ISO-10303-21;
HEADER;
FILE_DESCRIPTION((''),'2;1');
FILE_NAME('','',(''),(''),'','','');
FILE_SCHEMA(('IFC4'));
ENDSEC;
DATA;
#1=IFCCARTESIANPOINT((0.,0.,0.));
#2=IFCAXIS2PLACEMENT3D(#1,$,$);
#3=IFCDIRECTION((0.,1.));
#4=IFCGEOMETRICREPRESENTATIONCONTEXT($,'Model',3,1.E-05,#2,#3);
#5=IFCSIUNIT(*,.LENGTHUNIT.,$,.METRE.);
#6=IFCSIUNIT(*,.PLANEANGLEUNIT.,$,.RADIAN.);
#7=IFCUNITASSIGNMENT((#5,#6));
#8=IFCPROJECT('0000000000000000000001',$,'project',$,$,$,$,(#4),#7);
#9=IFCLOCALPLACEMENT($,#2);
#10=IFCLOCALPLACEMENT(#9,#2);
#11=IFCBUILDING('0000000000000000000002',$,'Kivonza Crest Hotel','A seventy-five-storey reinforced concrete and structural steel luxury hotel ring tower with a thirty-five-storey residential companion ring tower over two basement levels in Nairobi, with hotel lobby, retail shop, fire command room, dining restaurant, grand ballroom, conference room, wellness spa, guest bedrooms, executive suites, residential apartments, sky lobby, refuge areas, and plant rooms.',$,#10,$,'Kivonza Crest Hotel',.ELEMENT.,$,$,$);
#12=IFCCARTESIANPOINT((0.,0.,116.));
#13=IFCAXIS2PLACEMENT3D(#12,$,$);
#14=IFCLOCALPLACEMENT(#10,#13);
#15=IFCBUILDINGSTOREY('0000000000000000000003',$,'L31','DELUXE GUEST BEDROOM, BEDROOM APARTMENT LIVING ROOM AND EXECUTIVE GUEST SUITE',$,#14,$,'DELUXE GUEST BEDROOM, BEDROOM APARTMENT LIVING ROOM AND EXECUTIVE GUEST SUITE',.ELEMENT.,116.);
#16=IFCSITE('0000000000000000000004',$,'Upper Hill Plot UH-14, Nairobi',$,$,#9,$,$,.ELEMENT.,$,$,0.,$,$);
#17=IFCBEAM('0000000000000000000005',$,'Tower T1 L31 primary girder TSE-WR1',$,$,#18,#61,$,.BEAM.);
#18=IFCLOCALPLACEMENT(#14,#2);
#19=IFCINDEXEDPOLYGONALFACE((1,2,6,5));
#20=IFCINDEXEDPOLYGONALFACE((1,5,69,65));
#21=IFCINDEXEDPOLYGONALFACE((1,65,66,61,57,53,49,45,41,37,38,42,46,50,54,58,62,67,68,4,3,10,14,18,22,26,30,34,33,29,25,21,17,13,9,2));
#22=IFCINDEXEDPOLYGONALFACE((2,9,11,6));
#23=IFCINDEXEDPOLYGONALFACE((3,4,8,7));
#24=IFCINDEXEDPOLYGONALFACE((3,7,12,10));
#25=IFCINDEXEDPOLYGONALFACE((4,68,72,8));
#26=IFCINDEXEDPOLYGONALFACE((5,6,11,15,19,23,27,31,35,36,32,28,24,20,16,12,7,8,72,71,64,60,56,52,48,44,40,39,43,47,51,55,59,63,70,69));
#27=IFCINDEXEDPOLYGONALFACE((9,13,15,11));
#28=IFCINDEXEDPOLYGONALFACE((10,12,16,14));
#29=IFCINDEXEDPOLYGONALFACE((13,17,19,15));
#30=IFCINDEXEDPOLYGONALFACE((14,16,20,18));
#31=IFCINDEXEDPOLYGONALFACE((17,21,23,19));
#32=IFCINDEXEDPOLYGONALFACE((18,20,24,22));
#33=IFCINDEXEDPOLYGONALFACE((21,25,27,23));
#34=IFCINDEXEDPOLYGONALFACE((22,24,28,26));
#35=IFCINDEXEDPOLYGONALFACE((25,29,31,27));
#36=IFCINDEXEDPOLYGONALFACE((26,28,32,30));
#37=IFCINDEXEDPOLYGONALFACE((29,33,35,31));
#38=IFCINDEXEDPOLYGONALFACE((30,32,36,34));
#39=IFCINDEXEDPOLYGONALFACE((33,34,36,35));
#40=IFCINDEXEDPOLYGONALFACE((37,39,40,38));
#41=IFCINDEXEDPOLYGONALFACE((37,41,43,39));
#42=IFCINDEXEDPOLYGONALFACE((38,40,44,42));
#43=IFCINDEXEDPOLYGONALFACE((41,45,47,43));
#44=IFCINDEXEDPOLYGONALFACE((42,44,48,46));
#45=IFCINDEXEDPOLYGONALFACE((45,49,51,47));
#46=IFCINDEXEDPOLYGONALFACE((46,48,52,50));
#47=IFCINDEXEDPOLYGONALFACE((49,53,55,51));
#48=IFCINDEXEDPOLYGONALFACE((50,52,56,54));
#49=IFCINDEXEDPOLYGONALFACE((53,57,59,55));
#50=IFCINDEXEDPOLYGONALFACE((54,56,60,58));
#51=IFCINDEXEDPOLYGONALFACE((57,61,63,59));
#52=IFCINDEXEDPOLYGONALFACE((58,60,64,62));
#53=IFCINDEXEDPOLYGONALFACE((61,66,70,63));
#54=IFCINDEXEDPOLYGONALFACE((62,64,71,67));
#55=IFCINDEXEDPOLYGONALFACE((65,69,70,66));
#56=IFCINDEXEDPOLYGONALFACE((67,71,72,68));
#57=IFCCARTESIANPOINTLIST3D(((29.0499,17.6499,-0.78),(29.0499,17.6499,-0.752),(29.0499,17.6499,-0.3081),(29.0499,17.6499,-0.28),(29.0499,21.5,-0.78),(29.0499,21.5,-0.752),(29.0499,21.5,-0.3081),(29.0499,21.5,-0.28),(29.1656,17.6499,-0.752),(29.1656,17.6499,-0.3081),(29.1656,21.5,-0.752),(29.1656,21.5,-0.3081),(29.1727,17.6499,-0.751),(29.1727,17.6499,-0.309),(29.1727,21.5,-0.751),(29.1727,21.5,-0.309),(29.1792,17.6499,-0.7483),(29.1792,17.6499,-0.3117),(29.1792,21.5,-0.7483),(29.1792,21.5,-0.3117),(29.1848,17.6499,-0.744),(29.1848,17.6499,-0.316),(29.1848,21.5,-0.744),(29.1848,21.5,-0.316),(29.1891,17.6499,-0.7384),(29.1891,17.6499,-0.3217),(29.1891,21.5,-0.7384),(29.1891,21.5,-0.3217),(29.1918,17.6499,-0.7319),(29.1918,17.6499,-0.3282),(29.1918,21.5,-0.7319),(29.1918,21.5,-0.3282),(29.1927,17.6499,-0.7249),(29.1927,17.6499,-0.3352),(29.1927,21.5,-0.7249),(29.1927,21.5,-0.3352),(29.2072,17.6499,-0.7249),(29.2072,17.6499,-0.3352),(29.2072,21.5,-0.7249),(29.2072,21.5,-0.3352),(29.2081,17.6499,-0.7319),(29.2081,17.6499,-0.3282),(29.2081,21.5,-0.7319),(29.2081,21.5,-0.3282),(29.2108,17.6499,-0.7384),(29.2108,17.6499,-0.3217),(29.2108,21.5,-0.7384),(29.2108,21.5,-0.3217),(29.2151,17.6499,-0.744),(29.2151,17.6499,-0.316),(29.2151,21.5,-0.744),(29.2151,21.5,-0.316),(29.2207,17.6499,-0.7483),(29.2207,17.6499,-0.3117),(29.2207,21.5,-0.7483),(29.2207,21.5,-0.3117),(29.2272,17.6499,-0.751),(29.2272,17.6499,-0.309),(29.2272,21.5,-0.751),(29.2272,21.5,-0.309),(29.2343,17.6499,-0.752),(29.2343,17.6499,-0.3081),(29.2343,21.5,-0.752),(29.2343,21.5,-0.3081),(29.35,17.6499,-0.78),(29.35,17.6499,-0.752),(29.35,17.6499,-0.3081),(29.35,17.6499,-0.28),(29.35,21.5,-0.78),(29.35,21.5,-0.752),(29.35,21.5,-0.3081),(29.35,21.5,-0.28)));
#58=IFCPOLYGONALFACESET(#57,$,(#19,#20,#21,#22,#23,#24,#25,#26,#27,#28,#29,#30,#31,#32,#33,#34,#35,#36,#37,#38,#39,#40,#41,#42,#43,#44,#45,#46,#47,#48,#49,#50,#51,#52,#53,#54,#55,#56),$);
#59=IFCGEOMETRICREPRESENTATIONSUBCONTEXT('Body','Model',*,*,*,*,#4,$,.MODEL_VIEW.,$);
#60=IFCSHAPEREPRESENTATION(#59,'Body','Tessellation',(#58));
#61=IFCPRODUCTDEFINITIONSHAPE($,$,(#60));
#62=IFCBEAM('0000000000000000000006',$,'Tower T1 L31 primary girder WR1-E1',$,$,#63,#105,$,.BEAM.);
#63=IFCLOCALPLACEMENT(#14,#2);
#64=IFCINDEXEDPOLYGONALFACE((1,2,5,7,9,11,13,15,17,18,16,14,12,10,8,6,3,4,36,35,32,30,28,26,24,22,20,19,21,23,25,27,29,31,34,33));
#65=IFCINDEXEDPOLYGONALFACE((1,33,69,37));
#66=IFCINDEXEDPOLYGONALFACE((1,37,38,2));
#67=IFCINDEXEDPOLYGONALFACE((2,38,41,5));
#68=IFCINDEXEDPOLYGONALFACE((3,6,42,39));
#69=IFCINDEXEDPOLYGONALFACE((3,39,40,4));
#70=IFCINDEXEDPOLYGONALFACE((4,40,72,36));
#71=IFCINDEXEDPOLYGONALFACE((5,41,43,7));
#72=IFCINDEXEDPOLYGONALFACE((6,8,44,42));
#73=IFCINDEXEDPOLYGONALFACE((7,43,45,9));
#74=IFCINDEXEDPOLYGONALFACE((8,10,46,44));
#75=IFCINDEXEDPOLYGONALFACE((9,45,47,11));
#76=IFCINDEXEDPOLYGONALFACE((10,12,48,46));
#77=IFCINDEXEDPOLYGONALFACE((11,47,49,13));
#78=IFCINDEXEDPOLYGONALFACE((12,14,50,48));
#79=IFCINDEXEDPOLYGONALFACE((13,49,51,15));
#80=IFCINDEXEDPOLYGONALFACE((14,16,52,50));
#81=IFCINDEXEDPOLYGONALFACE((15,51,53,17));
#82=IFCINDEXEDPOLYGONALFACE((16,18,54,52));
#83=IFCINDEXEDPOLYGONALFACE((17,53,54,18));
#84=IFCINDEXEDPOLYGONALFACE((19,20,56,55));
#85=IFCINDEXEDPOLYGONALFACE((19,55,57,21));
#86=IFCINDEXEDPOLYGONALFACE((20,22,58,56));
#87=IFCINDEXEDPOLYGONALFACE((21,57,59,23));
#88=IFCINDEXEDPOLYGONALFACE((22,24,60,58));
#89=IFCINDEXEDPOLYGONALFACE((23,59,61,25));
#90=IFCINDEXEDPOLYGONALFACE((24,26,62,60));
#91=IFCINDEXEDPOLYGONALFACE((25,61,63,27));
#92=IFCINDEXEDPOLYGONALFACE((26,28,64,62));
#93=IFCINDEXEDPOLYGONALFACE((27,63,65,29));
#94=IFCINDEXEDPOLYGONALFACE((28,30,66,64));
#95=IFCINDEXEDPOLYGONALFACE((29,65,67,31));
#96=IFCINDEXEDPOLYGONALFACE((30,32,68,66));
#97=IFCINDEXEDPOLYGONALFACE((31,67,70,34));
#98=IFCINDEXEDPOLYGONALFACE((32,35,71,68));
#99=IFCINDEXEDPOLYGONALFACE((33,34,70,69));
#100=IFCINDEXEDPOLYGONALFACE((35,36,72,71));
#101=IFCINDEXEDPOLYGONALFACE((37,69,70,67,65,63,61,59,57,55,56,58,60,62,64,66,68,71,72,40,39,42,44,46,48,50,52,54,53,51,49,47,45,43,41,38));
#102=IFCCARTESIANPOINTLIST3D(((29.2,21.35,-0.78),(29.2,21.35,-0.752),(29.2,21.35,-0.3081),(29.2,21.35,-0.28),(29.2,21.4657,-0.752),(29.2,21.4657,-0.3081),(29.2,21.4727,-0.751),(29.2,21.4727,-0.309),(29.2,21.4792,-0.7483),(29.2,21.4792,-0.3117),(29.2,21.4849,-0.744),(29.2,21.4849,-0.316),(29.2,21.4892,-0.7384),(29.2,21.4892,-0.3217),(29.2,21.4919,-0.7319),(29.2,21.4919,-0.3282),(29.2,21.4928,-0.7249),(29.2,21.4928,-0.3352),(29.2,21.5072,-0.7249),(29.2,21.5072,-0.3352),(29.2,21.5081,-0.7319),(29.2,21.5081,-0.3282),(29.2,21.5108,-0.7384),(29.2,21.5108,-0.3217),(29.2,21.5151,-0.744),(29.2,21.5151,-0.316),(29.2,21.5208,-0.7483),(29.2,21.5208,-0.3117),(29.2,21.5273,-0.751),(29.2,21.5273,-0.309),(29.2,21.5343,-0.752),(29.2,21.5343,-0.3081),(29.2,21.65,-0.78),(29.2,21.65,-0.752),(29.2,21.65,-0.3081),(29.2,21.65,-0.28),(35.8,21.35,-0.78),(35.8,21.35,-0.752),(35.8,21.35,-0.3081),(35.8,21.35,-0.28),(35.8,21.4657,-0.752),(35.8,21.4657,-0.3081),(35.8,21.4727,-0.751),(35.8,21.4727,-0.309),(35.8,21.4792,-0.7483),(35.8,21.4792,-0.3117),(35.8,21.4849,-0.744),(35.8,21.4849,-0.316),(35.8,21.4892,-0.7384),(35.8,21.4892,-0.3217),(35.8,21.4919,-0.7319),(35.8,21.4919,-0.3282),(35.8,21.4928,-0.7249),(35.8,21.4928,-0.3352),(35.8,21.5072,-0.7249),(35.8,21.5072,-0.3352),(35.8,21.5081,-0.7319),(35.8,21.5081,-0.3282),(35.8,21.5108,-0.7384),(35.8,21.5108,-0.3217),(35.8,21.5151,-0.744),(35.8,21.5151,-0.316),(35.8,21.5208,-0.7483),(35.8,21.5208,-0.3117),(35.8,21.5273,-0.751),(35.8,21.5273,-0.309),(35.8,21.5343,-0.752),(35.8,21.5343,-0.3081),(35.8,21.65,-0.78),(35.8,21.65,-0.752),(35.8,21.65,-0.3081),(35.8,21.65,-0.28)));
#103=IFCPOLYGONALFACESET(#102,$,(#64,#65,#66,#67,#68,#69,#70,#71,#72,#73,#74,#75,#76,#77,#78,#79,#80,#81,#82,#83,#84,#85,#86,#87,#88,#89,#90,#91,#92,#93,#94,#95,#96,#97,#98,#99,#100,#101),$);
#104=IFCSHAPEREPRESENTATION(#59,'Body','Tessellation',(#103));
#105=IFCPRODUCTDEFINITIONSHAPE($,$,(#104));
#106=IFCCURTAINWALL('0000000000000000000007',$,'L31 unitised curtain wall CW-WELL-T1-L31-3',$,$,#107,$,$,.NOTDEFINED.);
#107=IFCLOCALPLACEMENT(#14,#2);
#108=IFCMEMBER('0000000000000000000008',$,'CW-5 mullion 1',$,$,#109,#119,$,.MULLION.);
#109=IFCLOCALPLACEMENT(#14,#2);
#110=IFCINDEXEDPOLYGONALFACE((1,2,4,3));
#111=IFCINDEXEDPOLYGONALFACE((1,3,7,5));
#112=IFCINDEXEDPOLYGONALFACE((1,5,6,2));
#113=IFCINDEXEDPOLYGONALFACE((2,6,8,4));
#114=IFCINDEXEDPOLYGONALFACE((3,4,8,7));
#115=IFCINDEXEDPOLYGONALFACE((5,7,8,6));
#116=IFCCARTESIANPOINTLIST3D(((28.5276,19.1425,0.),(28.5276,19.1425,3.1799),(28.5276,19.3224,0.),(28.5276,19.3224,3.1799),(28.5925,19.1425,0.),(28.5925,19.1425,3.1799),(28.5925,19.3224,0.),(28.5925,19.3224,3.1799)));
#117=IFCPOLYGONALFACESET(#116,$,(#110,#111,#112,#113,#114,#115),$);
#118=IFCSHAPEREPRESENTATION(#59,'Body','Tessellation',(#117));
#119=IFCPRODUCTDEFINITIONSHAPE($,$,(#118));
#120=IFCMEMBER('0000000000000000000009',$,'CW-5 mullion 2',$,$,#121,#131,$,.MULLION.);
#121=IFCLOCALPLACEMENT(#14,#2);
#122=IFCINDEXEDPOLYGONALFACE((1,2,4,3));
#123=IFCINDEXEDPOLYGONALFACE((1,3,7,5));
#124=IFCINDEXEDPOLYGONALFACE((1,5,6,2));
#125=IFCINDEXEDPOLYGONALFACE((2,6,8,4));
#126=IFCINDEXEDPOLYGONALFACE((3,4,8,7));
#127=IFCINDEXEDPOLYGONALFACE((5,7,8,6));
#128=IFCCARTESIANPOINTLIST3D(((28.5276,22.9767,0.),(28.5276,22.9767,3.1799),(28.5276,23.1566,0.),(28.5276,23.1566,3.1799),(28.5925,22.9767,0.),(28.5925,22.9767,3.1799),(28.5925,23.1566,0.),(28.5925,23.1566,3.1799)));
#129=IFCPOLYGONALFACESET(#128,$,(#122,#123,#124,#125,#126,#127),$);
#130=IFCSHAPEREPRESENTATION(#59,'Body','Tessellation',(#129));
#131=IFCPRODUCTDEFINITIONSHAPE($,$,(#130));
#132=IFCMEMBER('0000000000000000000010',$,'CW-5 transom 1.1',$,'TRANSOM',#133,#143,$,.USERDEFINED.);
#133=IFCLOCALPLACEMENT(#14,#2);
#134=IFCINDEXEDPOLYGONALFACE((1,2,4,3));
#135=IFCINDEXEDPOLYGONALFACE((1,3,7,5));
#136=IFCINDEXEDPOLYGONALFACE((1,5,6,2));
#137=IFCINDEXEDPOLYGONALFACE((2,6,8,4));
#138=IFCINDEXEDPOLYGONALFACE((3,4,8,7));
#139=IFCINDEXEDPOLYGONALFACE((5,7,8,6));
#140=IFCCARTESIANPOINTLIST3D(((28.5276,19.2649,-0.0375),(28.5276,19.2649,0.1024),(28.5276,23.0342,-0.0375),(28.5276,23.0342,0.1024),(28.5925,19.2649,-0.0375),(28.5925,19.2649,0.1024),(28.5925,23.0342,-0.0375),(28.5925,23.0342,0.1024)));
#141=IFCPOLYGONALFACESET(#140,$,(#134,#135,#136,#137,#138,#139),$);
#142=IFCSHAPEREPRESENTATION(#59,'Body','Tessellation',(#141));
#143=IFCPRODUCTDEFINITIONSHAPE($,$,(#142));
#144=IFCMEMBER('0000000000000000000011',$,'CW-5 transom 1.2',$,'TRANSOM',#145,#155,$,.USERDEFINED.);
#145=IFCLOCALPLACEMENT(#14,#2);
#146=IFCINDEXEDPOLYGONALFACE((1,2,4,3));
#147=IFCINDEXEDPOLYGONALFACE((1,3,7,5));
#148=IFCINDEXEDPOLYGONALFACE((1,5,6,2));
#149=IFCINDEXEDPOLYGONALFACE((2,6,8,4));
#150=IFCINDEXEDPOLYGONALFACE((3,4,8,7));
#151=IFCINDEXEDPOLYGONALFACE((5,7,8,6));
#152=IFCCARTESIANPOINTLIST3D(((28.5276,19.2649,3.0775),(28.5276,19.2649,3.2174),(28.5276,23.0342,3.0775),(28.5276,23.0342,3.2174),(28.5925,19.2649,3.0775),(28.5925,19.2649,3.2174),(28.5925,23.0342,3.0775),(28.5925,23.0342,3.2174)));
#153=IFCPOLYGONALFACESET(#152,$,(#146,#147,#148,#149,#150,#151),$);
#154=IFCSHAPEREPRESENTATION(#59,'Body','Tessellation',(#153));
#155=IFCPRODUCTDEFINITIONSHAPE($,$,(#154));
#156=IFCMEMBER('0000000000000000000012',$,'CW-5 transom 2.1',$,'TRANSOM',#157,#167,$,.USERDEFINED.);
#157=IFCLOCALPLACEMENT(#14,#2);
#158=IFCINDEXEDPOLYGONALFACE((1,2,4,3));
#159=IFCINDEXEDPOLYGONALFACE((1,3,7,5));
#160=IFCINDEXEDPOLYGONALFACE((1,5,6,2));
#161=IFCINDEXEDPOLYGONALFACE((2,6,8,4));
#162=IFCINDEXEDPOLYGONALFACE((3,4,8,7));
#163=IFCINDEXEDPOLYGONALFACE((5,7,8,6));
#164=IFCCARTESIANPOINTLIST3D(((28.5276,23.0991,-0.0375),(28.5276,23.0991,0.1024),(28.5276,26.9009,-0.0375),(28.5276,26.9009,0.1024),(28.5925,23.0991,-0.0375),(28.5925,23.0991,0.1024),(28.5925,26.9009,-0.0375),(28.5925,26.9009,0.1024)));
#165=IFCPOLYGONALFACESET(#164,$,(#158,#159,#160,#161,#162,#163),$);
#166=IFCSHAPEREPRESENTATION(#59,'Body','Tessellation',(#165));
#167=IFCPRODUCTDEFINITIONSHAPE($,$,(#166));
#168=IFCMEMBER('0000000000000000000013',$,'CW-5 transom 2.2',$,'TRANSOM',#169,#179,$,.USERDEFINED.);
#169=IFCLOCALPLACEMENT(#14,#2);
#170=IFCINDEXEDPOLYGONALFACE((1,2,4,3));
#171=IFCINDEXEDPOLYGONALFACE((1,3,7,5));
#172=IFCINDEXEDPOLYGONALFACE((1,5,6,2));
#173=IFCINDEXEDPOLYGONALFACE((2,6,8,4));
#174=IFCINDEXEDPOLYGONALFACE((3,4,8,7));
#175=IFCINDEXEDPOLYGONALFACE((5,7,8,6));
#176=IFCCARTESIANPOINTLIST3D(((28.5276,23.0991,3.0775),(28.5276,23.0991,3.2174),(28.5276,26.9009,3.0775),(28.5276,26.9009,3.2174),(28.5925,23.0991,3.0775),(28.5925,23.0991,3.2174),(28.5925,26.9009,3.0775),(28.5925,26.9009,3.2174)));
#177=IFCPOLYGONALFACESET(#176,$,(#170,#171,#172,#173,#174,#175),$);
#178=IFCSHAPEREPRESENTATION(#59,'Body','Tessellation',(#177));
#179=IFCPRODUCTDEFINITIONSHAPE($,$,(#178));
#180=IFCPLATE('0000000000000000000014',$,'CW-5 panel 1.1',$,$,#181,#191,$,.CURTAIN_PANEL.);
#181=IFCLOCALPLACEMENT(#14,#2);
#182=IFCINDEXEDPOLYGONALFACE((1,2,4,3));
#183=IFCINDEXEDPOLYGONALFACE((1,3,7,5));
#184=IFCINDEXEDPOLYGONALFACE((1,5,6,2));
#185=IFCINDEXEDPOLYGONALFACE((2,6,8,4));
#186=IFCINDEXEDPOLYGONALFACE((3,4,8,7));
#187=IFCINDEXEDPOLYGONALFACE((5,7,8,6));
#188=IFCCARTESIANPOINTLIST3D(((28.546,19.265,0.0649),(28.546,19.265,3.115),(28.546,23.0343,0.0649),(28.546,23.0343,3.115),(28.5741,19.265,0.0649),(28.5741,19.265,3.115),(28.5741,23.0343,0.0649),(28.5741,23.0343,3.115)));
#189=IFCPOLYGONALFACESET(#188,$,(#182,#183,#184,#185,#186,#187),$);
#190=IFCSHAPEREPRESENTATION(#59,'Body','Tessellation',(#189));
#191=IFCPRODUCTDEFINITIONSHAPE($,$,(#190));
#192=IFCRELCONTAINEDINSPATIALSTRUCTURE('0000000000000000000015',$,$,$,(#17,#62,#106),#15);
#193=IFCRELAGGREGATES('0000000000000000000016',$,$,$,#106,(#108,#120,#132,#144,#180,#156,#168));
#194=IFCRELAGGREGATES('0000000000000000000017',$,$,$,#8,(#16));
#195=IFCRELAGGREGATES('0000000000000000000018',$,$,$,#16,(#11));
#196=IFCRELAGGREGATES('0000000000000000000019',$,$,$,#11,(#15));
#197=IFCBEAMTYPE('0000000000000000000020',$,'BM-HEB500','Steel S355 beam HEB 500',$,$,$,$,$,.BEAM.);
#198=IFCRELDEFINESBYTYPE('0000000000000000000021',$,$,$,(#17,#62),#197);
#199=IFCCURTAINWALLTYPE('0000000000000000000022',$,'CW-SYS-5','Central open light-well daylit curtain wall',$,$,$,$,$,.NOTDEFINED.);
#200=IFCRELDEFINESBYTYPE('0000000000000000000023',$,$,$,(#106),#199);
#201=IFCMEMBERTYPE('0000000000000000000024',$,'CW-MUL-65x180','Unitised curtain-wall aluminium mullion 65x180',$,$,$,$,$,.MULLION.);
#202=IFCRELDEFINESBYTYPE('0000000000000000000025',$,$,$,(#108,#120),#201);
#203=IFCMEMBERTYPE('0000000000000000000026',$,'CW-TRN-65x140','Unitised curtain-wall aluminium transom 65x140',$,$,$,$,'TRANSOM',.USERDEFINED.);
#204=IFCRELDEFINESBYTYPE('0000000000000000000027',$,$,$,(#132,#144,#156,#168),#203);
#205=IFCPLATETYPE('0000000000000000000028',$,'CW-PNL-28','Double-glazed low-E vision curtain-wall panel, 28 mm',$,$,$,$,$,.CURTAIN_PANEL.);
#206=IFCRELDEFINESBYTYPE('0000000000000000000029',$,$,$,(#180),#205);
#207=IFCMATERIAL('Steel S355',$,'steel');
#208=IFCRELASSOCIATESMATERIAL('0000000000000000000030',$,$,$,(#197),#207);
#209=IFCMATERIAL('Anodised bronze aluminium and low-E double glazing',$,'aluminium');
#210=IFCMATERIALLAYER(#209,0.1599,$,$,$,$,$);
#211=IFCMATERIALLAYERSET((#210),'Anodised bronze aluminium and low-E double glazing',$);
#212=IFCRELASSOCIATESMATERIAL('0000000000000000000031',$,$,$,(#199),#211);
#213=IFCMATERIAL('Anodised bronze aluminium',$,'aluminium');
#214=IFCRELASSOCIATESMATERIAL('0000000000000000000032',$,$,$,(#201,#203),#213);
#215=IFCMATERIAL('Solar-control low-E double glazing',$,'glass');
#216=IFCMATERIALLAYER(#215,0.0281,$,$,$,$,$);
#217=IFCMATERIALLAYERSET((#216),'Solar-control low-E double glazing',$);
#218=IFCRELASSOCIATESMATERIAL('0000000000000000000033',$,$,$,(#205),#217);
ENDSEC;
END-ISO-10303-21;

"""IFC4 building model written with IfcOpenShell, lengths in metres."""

from ifc_helpers import new_model, si_unit, direction, frame, origin, origin_2d, place, context, subcontext, project, spatial, rectangle, i_section, extrude, material, layer, layer_set, material_profile, profile_set, type_object, element, aggregate, save


model = new_model("IFC4")

# Units and contexts
model_context = context("Model", 3, precision=1e-05, world=origin(), true_north=direction((0.0, 1.0)))
body_context = subcontext(model_context, "Body", "Model", "MODEL_VIEW")
ifc_project = project(units=[si_unit("LENGTHUNIT", "METRE"), si_unit("PLANEANGLEUNIT", "RADIAN")], contexts=[model_context])

# Site, building, storey
site_placement = place(None, origin())
site = spatial("IfcSite", under=ifc_project, at=site_placement, Name="Upper Hill Plot UH-14, Nairobi", CompositionType="ELEMENT", RefElevation=0.0)
building_placement = place(site_placement, origin())
building = spatial("IfcBuilding", under=site, at=building_placement, Name="Kivonza Crest Hotel", Description="A seventy-five-storey reinforced concrete and structural steel luxury hotel ring tower with a thirty-five-storey residential companion ring tower over two basement levels in Nairobi, with hotel lobby, retail shop, fire command room, dining restaurant, grand ballroom, conference room, wellness spa, guest bedrooms, executive suites, residential apartments, sky lobby, refuge areas, and plant rooms.", LongName="Kivonza Crest Hotel", CompositionType="ELEMENT")
storey_placement = place(building_placement, frame((0.0, 0.0, 116.0)))
storey = spatial("IfcBuildingStorey", under=building, at=storey_placement, Name="L31", Description="DELUXE GUEST BEDROOM, BEDROOM APARTMENT LIVING ROOM AND EXECUTIVE GUEST SUITE", LongName="DELUXE GUEST BEDROOM, BEDROOM APARTMENT LIVING ROOM AND EXECUTIVE GUEST SUITE", CompositionType="ELEMENT", Elevation=116.0)

# Beams
ifc_material_1 = material(Name="Steel S355", Category="steel")
ifc_material_profile_1 = material_profile(ifc_material_1, i_section(OverallWidth=0.3, OverallDepth=0.5, WebThickness=0.0144, FlangeThickness=0.0281, FilletRadius=0.0271, at=origin_2d()), Name="HEB 500")
ifc_profile_set_1 = profile_set([ifc_material_profile_1], Name="Steel S355")
beam_type_1 = type_object("IfcBeamType", Name="BM-HEB500", Description="Steel S355 beam HEB 500", PredefinedType="BEAM", material=ifc_profile_set_1)
beam_1_placement = place(storey_placement, frame((29.2, 17.6499, -0.53), z_axis=(0.0, 1.0, 0.0), x_axis=(-1.0, 0.0, 0.0)))
element("IfcBeam", 1, at=beam_1_placement, inside=storey, type_object=beam_type_1, Name="Tower T1 L31 primary girder TSE-WR1", PredefinedType="BEAM", context=body_context, shape_type="SweptSolid", body=[
    extrude(i_section(OverallWidth=0.3, OverallDepth=0.5, WebThickness=0.0144, FlangeThickness=0.0281, FilletRadius=0.0271, at=origin_2d()), origin(), (0.0, 0.0, 1.0), 3.8501),
])
beam_2_placement = place(storey_placement, frame((29.2, 21.5, -0.53), z_axis=(1.0, 0.0, 0.0), x_axis=(0.0, 1.0, 0.0)))
element("IfcBeam", 2, at=beam_2_placement, inside=storey, type_object=beam_type_1, Name="Tower T1 L31 primary girder WR1-E1", PredefinedType="BEAM", context=body_context, shape_type="SweptSolid", body=[
    extrude(i_section(OverallWidth=0.3, OverallDepth=0.5, WebThickness=0.0144, FlangeThickness=0.0281, FilletRadius=0.0271, at=origin_2d()), origin(), (0.0, 0.0, 1.0), 6.6001),
])

# Curtain wall, members, plate
ifc_material_2 = material(Name="Anodised bronze aluminium and low-E double glazing", Category="aluminium")
ifc_layer_1 = layer(ifc_material_2, 0.1599)
ifc_layer_set_1 = layer_set([ifc_layer_1], Name="Anodised bronze aluminium and low-E double glazing")
curtain_wall_type = type_object("IfcCurtainWallType", Name="CW-SYS-5", Description="Central open light-well daylit curtain wall", PredefinedType="NOTDEFINED", material=ifc_layer_set_1)
curtain_wall_placement = place(storey_placement, origin())
curtain_wall = element("IfcCurtainWall", 3, at=curtain_wall_placement, inside=storey, type_object=curtain_wall_type, Name="L31 unitised curtain wall CW-WELL-T1-L31-3", PredefinedType="NOTDEFINED")
ifc_material_3 = material(Name="Anodised bronze aluminium", Category="aluminium")
ifc_material_profile_2 = material_profile(ifc_material_3, rectangle(XDim=0.0649, YDim=0.1799, at=origin_2d()), Name="CW-M 65x180")
ifc_profile_set_2 = profile_set([ifc_material_profile_2], Name="Anodised bronze aluminium")
member_type_1 = type_object("IfcMemberType", Name="CW-MUL-65x180", Description="Unitised curtain-wall aluminium mullion 65x180", PredefinedType="MULLION", material=ifc_profile_set_2)
member_1_placement = place(storey_placement, frame((28.5601, 19.2324, 0.0), z_axis=(0.0, 0.0, 1.0), x_axis=(-1.0, 0.0, 0.0)))
member_1 = element("IfcMember", 4, at=member_1_placement, type_object=member_type_1, Name="CW-5 mullion 1", PredefinedType="MULLION", context=body_context, shape_type="SweptSolid", body=[
    extrude(rectangle(XDim=0.0649, YDim=0.1799, at=origin_2d()), origin(), (0.0, 0.0, 1.0), 3.1799),
])
member_2_placement = place(storey_placement, frame((28.5601, 23.0667, 0.0), z_axis=(0.0, 0.0, 1.0), x_axis=(-1.0, 0.0, 0.0)))
member_2 = element("IfcMember", 5, at=member_2_placement, type_object=member_type_1, Name="CW-5 mullion 2", PredefinedType="MULLION", context=body_context, shape_type="SweptSolid", body=[
    extrude(rectangle(XDim=0.0649, YDim=0.1799, at=origin_2d()), origin(), (0.0, 0.0, 1.0), 3.1799),
])
ifc_material_profile_3 = material_profile(ifc_material_3, rectangle(XDim=0.0649, YDim=0.1399, at=origin_2d()), Name="CW-T 65x140")
ifc_profile_set_3 = profile_set([ifc_material_profile_3], Name="Anodised bronze aluminium")
member_type_2 = type_object("IfcMemberType", Name="CW-TRN-65x140", Description="Unitised curtain-wall aluminium transom 65x140", ElementType="TRANSOM", PredefinedType="USERDEFINED", material=ifc_profile_set_3)
member_3_placement = place(storey_placement, frame((28.5601, 19.2649, 0.0325), z_axis=(0.0, 1.0, 0.0), x_axis=(-1.0, 0.0, 0.0)))
member_3 = element("IfcMember", 6, at=member_3_placement, type_object=member_type_2, Name="CW-5 transom 1.1", ObjectType="TRANSOM", PredefinedType="USERDEFINED", context=body_context, shape_type="SweptSolid", body=[
    extrude(rectangle(XDim=0.0649, YDim=0.1399, at=origin_2d()), origin(), (0.0, 0.0, 1.0), 3.7693),
])
member_4_placement = place(storey_placement, frame((28.5601, 19.2649, 3.1475), z_axis=(0.0, 1.0, 0.0), x_axis=(-1.0, 0.0, 0.0)))
member_4 = element("IfcMember", 7, at=member_4_placement, type_object=member_type_2, Name="CW-5 transom 1.2", ObjectType="TRANSOM", PredefinedType="USERDEFINED", context=body_context, shape_type="SweptSolid", body=[
    extrude(rectangle(XDim=0.0649, YDim=0.1399, at=origin_2d()), origin(), (0.0, 0.0, 1.0), 3.7693),
])
member_5_placement = place(storey_placement, frame((28.5601, 23.0991, 0.0325), z_axis=(0.0, 1.0, 0.0), x_axis=(-1.0, 0.0, 0.0)))
member_5 = element("IfcMember", 8, at=member_5_placement, type_object=member_type_2, Name="CW-5 transom 2.1", ObjectType="TRANSOM", PredefinedType="USERDEFINED", context=body_context, shape_type="SweptSolid", body=[
    extrude(rectangle(XDim=0.0649, YDim=0.1399, at=origin_2d()), origin(), (0.0, 0.0, 1.0), 3.8018),
])
member_6_placement = place(storey_placement, frame((28.5601, 23.0991, 3.1475), z_axis=(0.0, 1.0, 0.0), x_axis=(-1.0, 0.0, 0.0)))
member_6 = element("IfcMember", 9, at=member_6_placement, type_object=member_type_2, Name="CW-5 transom 2.2", ObjectType="TRANSOM", PredefinedType="USERDEFINED", context=body_context, shape_type="SweptSolid", body=[
    extrude(rectangle(XDim=0.0649, YDim=0.1399, at=origin_2d()), origin(), (0.0, 0.0, 1.0), 3.8018),
])
ifc_material_4 = material(Name="Solar-control low-E double glazing", Category="glass")
ifc_layer_2 = layer(ifc_material_4, 0.0281)
ifc_layer_set_2 = layer_set([ifc_layer_2], Name="Solar-control low-E double glazing")
plate_type = type_object("IfcPlateType", Name="CW-PNL-28", Description="Double-glazed low-E vision curtain-wall panel, 28 mm", PredefinedType="CURTAIN_PANEL", material=ifc_layer_set_2)
plate_placement = place(storey_placement, frame((28.5601, 21.1497, 0.0649), z_axis=(0.0, 0.0, 1.0), x_axis=(0.0, 1.0, 0.0)))
plate = element("IfcPlate", 10, at=plate_placement, type_object=plate_type, Name="CW-5 panel 1.1", PredefinedType="CURTAIN_PANEL", context=body_context, shape_type="SweptSolid", body=[
    extrude(rectangle(XDim=3.7693, YDim=0.0281, at=origin_2d()), origin(), (0.0, 0.0, 1.0), 3.05),
])
aggregate(curtain_wall, [member_1, member_2, member_3, member_4, plate, member_5, member_6])

save(model, "model.ifc")
